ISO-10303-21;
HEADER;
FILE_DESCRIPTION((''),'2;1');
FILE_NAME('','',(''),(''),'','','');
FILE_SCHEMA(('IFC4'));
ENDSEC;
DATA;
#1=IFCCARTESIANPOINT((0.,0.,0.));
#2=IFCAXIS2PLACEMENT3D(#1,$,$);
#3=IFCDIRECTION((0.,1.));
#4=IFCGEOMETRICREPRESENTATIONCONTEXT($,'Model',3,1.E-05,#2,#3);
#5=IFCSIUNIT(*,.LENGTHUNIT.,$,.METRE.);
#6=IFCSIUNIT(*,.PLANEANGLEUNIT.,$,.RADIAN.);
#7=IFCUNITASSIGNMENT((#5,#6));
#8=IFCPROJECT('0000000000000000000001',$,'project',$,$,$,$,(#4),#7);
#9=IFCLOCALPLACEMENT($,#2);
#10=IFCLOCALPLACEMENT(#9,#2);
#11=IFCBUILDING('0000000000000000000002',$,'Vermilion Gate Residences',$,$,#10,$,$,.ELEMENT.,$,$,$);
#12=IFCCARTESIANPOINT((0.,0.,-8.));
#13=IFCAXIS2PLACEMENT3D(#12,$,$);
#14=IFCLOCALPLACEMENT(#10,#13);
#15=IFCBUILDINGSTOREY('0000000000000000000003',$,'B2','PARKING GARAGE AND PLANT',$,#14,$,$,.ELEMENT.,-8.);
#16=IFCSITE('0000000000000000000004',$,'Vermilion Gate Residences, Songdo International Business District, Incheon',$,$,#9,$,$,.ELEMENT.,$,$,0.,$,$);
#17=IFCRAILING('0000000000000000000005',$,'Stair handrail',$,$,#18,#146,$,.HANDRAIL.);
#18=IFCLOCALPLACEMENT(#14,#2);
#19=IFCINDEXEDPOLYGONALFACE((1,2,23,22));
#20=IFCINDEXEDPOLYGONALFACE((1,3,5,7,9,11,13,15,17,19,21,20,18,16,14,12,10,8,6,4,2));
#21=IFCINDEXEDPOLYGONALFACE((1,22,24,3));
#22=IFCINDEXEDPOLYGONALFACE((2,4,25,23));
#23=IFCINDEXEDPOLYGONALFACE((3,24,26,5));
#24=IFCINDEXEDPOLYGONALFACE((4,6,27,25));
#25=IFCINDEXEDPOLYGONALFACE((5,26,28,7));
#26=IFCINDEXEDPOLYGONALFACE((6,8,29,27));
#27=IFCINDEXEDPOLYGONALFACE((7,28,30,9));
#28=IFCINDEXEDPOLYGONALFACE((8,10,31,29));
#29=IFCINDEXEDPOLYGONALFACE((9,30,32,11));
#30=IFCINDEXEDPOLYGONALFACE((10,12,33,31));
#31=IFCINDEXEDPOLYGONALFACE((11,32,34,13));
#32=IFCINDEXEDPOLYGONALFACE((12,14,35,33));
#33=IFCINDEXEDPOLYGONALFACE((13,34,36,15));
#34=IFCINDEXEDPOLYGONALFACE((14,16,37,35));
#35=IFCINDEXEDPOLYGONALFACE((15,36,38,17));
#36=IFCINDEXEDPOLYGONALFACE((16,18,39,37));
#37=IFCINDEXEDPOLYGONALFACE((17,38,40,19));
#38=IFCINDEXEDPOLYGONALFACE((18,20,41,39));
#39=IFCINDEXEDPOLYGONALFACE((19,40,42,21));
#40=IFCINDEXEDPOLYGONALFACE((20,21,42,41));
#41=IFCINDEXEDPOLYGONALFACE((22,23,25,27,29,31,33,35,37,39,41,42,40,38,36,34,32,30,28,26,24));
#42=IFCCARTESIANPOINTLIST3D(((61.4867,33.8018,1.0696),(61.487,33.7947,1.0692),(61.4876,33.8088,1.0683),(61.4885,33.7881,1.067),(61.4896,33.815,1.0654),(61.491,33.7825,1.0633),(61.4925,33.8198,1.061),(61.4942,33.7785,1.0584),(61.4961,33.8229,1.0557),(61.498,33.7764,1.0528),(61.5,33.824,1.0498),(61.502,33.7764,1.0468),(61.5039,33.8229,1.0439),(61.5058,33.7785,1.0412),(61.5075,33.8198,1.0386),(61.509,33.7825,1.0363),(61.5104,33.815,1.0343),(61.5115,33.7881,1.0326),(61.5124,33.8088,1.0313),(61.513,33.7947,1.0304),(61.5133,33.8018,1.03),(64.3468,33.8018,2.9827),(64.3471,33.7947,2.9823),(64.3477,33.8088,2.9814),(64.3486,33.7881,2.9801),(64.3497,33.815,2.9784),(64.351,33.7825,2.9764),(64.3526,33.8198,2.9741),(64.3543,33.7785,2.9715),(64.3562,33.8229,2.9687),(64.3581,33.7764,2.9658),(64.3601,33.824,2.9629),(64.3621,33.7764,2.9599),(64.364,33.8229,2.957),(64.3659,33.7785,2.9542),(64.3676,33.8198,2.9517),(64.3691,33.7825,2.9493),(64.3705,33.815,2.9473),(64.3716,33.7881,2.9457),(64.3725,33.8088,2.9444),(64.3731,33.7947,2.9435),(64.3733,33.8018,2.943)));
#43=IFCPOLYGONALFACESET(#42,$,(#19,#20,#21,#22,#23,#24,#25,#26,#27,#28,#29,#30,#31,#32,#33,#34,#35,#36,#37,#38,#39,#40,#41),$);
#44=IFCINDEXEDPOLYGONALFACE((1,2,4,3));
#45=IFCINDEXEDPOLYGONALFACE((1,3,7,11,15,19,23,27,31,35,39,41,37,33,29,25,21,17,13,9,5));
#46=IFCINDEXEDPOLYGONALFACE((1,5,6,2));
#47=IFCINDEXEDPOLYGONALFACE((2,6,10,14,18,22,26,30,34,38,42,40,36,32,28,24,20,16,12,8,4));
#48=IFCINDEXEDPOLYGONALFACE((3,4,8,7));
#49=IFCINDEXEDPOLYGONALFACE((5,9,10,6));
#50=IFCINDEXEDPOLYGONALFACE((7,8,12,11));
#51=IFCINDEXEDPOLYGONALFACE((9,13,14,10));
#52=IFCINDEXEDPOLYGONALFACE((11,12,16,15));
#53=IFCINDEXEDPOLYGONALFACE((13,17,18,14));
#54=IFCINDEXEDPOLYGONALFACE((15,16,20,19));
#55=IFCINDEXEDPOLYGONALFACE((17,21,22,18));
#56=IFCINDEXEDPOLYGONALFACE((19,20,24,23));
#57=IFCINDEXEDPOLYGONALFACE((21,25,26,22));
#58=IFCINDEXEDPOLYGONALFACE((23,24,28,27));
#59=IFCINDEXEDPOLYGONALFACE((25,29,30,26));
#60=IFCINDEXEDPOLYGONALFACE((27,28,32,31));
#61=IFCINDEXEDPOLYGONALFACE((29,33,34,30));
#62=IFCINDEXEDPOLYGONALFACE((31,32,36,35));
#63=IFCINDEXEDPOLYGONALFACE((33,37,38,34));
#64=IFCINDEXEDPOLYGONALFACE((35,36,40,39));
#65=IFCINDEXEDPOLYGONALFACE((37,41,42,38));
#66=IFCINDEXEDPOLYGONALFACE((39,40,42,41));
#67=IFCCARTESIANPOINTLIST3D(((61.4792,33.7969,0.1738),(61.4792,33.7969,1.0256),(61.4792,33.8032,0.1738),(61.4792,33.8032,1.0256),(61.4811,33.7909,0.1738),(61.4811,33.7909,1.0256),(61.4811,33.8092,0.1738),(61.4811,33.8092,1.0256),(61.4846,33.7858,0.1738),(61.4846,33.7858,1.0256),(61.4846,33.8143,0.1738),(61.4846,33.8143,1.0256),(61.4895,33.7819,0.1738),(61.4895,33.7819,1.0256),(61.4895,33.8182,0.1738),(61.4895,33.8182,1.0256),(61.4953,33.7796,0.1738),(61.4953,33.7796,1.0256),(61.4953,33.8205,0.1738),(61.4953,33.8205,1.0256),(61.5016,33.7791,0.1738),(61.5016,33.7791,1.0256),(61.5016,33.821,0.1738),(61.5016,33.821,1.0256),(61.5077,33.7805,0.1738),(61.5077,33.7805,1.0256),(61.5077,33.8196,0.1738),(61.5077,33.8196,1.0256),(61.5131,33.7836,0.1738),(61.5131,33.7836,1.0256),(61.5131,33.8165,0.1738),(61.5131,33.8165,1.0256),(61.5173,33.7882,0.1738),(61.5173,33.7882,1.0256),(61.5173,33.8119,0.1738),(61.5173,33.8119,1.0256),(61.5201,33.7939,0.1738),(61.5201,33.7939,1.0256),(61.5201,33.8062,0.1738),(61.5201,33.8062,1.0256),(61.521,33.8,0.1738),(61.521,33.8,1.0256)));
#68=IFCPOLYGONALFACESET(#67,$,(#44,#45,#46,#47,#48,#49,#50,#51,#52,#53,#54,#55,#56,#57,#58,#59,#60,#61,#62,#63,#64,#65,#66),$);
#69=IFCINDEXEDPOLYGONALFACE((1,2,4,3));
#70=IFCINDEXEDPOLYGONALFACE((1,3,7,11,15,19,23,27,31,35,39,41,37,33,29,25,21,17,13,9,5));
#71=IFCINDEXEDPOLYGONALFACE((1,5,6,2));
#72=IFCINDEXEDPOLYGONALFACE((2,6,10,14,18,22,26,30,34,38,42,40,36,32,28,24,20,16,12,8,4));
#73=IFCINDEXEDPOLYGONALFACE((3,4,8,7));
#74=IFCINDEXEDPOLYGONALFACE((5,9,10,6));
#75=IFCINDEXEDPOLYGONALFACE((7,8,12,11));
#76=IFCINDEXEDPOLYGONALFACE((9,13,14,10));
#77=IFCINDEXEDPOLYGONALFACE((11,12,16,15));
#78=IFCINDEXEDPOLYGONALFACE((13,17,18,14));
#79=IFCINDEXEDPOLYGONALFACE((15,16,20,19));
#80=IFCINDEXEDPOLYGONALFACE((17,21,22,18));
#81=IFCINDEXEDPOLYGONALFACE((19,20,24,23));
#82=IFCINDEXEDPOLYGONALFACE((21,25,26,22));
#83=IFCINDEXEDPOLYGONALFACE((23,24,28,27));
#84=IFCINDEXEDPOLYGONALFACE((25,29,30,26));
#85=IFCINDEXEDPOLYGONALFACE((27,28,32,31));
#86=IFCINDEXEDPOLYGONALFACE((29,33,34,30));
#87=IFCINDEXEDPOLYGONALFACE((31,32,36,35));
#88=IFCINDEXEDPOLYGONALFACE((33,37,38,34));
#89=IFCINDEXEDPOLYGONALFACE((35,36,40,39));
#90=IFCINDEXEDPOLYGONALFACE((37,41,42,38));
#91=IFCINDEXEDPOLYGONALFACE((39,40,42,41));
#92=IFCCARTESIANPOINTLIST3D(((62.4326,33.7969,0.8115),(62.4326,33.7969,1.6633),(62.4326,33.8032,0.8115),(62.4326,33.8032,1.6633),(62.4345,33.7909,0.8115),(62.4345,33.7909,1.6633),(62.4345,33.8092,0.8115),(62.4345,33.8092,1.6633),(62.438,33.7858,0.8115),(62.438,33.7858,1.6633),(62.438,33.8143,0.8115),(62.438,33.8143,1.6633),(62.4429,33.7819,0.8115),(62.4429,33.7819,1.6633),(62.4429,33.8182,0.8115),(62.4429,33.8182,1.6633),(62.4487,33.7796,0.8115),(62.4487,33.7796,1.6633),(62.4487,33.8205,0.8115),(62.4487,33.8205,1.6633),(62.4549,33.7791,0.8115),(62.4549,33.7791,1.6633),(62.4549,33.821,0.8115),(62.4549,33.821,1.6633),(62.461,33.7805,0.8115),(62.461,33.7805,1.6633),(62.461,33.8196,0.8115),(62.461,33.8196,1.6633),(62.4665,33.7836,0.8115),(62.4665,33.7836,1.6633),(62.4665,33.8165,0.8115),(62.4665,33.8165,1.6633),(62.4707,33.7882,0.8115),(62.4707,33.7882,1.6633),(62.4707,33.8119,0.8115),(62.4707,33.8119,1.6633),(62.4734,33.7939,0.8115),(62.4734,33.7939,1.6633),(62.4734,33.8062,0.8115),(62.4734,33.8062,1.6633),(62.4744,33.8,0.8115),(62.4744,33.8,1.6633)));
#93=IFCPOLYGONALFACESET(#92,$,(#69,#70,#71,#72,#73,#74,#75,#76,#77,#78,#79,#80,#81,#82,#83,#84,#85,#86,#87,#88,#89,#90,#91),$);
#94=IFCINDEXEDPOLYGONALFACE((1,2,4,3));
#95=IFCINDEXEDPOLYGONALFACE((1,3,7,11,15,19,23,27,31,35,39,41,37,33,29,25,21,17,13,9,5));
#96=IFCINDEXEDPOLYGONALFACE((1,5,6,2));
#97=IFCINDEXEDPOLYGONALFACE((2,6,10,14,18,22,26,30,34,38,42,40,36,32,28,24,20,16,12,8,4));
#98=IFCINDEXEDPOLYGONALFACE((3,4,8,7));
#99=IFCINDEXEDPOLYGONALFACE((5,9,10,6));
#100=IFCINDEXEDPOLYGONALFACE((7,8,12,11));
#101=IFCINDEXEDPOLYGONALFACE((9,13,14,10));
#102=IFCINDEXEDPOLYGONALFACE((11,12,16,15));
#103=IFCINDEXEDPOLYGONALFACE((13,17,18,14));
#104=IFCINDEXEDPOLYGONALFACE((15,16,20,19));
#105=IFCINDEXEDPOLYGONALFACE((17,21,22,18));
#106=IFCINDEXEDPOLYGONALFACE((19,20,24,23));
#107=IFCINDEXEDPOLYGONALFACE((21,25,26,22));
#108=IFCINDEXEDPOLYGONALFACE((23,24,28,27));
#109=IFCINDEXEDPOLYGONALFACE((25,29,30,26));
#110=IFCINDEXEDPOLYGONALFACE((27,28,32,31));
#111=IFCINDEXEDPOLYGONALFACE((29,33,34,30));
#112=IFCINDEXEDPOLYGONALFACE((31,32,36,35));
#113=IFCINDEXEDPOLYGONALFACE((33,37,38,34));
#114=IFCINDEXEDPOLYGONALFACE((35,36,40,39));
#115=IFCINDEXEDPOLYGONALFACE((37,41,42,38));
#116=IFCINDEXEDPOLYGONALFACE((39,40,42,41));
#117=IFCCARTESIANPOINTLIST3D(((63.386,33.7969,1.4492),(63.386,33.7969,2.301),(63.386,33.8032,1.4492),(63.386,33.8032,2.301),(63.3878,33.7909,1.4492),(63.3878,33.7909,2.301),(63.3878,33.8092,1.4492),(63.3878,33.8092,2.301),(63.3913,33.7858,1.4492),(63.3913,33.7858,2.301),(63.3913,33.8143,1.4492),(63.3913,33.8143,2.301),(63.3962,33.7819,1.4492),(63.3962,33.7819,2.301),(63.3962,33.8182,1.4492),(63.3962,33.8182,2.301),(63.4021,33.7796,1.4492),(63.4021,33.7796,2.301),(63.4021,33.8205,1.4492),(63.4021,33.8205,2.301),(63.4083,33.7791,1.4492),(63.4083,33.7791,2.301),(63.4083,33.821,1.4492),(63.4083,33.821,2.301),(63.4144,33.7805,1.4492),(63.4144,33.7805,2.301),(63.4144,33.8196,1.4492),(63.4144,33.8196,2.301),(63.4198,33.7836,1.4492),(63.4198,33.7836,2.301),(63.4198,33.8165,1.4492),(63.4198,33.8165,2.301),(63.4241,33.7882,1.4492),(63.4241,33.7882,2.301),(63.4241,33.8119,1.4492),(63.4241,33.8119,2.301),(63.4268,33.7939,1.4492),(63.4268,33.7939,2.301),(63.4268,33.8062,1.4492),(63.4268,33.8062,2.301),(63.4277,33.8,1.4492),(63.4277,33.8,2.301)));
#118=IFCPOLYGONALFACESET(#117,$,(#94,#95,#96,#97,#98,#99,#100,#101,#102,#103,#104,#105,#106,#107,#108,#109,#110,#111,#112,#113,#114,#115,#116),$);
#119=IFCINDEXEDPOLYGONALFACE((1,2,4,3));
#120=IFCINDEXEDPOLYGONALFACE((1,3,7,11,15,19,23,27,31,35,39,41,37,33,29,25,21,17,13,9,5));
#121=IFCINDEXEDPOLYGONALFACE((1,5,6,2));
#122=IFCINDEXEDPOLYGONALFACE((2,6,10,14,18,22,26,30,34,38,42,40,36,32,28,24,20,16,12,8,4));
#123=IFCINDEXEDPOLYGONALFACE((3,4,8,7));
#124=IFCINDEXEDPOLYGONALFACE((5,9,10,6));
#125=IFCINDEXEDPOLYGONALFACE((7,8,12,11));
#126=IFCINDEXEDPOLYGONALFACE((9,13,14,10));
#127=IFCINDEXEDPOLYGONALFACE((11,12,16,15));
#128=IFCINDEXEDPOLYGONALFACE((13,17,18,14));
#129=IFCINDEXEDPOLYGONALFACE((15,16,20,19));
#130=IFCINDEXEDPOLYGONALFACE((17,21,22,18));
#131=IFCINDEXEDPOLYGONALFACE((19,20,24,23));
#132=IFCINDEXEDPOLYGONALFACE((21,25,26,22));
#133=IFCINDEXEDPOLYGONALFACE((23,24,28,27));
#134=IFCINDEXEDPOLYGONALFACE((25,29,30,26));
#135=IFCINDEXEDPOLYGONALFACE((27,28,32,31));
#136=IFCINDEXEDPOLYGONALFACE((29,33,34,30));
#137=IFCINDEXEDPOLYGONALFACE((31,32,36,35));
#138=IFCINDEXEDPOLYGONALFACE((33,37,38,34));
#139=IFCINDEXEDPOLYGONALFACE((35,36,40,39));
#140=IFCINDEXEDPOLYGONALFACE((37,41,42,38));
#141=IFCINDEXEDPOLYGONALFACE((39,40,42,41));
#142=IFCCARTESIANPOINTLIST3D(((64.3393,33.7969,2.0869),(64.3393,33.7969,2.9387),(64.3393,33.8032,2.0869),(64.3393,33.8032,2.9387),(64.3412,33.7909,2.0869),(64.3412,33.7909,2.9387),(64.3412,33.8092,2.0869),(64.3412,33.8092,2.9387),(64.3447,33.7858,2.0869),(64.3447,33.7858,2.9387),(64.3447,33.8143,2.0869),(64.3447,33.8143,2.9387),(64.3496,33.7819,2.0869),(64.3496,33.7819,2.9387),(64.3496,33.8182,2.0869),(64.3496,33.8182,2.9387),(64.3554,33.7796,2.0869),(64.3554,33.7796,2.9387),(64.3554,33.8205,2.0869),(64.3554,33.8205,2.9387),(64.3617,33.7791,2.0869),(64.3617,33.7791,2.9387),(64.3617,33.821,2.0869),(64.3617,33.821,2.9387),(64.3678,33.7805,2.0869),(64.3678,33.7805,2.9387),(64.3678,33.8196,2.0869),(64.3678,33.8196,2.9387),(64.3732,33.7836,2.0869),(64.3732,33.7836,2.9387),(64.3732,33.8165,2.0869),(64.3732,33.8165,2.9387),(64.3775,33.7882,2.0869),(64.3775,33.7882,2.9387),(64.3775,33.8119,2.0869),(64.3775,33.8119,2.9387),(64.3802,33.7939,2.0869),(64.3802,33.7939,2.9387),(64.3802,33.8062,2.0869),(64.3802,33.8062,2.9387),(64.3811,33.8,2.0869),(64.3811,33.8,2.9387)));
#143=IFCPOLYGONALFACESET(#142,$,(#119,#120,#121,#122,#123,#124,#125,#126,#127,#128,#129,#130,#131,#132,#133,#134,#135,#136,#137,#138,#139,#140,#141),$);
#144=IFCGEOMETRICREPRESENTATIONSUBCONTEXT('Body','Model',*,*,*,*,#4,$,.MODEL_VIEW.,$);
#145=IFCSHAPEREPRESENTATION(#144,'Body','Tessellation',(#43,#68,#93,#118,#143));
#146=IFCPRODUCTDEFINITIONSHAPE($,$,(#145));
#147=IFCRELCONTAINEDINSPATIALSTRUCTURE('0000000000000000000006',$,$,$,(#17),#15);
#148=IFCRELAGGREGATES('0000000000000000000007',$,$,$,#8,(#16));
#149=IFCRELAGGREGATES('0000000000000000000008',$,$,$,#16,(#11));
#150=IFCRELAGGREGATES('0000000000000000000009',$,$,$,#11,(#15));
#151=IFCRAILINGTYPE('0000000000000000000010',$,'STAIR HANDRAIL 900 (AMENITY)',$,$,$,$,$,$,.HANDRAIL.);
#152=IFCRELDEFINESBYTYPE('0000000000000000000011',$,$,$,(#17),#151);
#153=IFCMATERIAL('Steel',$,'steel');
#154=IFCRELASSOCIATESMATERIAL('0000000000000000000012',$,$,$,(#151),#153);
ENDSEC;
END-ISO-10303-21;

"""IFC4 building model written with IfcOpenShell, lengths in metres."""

from ifc_helpers import new_model, si_unit, direction, frame, origin, origin_2d, place, context, subcontext, project, spatial, circle, extrude, material, type_object, element, save


model = new_model("IFC4")

# Units and contexts
model_context = context("Model", 3, precision=1e-05, world=origin(), true_north=direction((0.0, 1.0)))
body_context = subcontext(model_context, "Body", "Model", "MODEL_VIEW")
ifc_project = project(units=[si_unit("LENGTHUNIT", "METRE"), si_unit("PLANEANGLEUNIT", "RADIAN")], contexts=[model_context])

# Site, building, storey
site_placement = place(None, origin())
site = spatial("IfcSite", under=ifc_project, at=site_placement, Name="Vermilion Gate Residences, Songdo International Business District, Incheon", CompositionType="ELEMENT", RefElevation=0.0)
building_placement = place(site_placement, origin())
building = spatial("IfcBuilding", under=site, at=building_placement, Name="Vermilion Gate Residences", CompositionType="ELEMENT")
storey_placement = place(building_placement, frame((0.0, 0.0, -8.0)))
storey = spatial("IfcBuildingStorey", under=building, at=storey_placement, Name="B2", Description="PARKING GARAGE AND PLANT", CompositionType="ELEMENT", Elevation=-8.0)

# Railing
ifc_material_1 = material(Name="Steel", Category="steel")
railing_type = type_object("IfcRailingType", Name="STAIR HANDRAIL 900 (AMENITY)", PredefinedType="HANDRAIL", material=ifc_material_1)
railing_1_placement = place(storey_placement, frame((61.5, 33.8, 0.1738)))
element("IfcRailing", 1, at=railing_1_placement, inside=storey, type_object=railing_type, Name="Stair handrail", PredefinedType="HANDRAIL", context=body_context, shape_type="SweptSolid", body=[
    extrude(circle(Radius=0.0239, at=origin_2d()), frame((0.0, 0.0, 0.876), z_axis=(0.831198, 0.0, 0.555977), x_axis=(0.0, 1.0, 0.0)), (0.0, 0.0, 1.0), 3.4409),
    extrude(circle(Radius=0.021, at=origin_2d()), origin(), (0.0, 0.0, 1.0), 0.8518),
    extrude(circle(Radius=0.021, at=origin_2d()), frame((0.9534, 0.0, 0.6377)), (0.0, 0.0, 1.0), 0.8518),
    extrude(circle(Radius=0.021, at=origin_2d()), frame((1.9067, 0.0, 1.2754)), (0.0, 0.0, 1.0), 0.8518),
    extrude(circle(Radius=0.021, at=origin_2d()), frame((2.8601, 0.0, 1.9131)), (0.0, 0.0, 1.0), 0.8518),
])

save(model, "model.ifc")
